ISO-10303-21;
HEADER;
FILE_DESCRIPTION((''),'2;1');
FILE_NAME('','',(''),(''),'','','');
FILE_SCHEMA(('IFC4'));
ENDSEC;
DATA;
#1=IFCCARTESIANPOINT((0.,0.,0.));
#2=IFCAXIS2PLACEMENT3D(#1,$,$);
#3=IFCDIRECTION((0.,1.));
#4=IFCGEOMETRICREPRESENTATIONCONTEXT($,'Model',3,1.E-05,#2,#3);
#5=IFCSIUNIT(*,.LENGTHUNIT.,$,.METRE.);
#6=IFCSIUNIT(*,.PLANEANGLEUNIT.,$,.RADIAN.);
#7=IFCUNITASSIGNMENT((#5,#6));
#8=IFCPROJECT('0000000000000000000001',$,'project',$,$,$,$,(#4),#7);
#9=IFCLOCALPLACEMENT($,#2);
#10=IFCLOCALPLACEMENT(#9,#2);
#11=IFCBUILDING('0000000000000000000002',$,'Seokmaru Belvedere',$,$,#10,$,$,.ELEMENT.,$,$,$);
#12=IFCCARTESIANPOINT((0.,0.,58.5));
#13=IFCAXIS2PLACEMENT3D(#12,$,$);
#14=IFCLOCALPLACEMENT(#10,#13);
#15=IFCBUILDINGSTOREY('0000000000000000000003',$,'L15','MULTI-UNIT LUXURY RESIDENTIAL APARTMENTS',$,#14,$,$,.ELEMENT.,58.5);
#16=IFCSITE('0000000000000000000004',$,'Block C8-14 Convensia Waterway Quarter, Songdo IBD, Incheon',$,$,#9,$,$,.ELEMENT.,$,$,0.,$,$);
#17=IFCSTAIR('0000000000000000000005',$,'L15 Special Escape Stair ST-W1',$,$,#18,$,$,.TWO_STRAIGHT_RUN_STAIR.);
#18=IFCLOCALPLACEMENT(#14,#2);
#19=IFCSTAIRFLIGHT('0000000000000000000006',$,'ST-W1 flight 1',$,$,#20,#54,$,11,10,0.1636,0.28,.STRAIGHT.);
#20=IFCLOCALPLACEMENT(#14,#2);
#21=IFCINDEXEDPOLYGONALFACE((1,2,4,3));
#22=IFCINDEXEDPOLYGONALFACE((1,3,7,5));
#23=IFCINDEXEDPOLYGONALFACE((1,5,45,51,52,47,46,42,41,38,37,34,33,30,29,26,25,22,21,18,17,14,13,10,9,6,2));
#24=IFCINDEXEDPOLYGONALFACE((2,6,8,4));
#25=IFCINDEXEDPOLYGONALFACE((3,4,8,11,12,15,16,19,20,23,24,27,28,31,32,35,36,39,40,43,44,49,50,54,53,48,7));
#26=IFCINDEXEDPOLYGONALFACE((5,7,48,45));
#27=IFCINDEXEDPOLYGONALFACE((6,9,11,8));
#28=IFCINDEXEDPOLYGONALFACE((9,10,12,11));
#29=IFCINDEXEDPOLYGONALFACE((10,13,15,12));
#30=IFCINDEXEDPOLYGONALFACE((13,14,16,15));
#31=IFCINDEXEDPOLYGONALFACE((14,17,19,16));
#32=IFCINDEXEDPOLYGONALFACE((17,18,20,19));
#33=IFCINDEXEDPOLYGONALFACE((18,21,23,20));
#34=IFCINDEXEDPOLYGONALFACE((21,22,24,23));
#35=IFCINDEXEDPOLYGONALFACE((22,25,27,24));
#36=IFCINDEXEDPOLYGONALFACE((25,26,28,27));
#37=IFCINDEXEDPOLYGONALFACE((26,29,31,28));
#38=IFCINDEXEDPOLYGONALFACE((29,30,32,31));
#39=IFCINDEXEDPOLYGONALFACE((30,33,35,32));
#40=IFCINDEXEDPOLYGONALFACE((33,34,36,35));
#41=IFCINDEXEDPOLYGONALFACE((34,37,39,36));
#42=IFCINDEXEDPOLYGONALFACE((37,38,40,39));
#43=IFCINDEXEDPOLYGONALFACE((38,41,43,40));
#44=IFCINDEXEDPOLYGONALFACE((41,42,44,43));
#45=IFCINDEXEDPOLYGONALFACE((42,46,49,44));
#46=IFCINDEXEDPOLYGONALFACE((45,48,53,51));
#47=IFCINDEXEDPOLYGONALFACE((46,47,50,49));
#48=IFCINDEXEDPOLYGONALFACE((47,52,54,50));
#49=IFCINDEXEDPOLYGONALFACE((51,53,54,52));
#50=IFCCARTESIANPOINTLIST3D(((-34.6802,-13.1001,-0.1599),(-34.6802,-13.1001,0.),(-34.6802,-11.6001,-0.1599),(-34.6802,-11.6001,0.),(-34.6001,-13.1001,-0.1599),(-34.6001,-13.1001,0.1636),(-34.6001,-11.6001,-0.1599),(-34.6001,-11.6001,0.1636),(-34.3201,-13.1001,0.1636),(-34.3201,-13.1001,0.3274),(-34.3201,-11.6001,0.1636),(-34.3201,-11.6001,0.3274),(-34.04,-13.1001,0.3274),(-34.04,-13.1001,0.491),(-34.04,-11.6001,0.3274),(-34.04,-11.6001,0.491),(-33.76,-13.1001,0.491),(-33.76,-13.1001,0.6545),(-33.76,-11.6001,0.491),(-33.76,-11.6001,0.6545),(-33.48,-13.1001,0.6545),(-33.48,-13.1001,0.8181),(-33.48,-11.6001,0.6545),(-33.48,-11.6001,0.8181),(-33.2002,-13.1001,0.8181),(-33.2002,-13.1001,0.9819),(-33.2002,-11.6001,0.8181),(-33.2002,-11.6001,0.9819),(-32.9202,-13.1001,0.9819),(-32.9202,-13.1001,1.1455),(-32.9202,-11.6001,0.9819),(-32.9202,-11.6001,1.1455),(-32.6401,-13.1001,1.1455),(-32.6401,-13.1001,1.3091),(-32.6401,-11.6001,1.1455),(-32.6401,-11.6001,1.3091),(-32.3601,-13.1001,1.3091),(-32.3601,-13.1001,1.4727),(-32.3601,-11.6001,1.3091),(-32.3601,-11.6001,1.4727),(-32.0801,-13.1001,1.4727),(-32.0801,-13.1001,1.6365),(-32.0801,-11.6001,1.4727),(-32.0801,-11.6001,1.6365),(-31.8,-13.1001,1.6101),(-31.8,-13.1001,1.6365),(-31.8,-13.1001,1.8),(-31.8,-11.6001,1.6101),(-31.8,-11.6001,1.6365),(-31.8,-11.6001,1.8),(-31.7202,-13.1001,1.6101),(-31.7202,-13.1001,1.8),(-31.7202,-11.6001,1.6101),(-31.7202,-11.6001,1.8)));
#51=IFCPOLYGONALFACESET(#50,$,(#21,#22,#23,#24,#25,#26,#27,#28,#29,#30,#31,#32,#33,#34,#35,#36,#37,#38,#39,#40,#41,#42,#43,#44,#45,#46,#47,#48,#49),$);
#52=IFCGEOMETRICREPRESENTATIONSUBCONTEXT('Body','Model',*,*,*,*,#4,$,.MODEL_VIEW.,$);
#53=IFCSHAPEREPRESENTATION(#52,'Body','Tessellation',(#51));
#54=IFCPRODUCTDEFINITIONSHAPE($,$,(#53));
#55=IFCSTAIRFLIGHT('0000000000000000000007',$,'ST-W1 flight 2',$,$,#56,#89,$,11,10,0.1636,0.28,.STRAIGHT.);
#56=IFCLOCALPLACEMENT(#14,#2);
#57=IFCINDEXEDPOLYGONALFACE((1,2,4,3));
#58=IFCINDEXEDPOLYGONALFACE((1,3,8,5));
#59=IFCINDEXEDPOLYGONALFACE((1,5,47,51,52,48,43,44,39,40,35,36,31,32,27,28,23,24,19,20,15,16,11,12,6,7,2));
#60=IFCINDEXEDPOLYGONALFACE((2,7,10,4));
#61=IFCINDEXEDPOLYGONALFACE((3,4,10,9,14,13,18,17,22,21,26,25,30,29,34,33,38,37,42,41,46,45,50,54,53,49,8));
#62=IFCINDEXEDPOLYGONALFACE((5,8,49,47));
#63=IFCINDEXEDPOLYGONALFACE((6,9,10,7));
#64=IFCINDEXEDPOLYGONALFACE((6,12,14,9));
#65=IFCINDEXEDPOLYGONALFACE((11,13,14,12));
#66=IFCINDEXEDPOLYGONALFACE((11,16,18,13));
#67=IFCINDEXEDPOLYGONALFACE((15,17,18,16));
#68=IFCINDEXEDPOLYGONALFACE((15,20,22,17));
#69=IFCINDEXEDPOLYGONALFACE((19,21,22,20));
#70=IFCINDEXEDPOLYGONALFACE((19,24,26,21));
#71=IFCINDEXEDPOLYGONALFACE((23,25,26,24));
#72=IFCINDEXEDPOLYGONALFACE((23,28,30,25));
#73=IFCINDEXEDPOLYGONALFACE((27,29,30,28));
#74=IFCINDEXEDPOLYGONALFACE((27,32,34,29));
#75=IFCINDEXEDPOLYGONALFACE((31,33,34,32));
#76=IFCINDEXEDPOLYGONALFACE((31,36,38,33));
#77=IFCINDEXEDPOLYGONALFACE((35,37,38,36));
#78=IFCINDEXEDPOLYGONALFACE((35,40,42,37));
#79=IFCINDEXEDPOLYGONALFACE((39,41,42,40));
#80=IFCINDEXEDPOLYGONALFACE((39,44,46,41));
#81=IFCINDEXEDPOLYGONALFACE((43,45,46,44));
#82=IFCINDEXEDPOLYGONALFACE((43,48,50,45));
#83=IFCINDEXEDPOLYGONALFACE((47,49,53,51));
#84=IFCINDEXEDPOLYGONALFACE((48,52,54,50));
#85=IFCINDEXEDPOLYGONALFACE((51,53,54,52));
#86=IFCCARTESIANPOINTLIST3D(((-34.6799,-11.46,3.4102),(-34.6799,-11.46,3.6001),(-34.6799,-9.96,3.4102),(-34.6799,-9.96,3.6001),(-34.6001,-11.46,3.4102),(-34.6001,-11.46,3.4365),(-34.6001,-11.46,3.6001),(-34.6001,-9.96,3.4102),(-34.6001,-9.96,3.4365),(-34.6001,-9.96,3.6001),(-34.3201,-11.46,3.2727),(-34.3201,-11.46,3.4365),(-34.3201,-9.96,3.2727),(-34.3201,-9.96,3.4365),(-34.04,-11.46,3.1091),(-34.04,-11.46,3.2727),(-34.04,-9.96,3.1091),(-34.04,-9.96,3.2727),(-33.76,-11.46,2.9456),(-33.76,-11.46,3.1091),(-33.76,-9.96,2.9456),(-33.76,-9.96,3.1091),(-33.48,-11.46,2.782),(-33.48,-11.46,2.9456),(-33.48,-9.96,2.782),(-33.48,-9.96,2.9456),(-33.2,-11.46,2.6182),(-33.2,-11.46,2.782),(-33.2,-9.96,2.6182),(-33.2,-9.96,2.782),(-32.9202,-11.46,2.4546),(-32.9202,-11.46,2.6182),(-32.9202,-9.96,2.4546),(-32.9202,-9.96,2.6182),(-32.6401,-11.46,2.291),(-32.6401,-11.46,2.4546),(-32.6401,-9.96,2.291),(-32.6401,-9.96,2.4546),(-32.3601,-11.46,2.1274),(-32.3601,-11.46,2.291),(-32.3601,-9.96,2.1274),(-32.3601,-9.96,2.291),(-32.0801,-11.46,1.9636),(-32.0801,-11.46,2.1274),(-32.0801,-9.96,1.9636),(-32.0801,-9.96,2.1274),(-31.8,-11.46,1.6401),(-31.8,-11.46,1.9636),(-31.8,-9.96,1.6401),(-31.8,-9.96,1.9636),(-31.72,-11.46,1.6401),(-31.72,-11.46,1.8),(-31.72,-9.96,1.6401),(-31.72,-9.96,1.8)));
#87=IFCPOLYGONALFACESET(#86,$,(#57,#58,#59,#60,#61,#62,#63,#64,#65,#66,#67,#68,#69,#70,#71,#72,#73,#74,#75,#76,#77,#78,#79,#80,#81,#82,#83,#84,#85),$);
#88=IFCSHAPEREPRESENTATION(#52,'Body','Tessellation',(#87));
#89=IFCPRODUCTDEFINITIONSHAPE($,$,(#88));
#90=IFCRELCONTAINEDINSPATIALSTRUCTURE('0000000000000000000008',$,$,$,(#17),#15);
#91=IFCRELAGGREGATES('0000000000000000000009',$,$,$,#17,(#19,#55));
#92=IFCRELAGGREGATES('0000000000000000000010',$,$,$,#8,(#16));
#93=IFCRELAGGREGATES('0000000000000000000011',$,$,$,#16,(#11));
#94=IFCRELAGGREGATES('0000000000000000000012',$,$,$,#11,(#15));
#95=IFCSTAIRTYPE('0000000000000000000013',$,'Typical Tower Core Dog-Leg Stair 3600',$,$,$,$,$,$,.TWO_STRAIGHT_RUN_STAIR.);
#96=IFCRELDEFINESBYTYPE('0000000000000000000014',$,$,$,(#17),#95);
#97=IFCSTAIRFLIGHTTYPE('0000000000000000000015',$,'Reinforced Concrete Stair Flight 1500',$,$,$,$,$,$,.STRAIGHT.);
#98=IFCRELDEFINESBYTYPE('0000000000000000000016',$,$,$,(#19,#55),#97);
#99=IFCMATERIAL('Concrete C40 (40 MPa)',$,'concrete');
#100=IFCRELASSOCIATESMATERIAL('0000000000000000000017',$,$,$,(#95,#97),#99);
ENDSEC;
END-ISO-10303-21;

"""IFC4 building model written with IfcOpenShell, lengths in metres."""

from ifc_helpers import new_model, si_unit, direction, frame, origin, place, context, subcontext, project, spatial, polyline, outline, extrude, material, type_object, element, aggregate, save


model = new_model("IFC4")

# Units and contexts
model_context = context("Model", 3, precision=1e-05, world=origin(), true_north=direction((0.0, 1.0)))
body_context = subcontext(model_context, "Body", "Model", "MODEL_VIEW")
ifc_project = project(units=[si_unit("LENGTHUNIT", "METRE"), si_unit("PLANEANGLEUNIT", "RADIAN")], contexts=[model_context])

# Site, building, storey
site_placement = place(None, origin())
site = spatial("IfcSite", under=ifc_project, at=site_placement, Name="Block C8-14 Convensia Waterway Quarter, Songdo IBD, Incheon", CompositionType="ELEMENT", RefElevation=0.0)
building_placement = place(site_placement, origin())
building = spatial("IfcBuilding", under=site, at=building_placement, Name="Seokmaru Belvedere", CompositionType="ELEMENT")
storey_placement = place(building_placement, frame((0.0, 0.0, 58.5)))
storey = spatial("IfcBuildingStorey", under=building, at=storey_placement, Name="L15", Description="MULTI-UNIT LUXURY RESIDENTIAL APARTMENTS", CompositionType="ELEMENT", Elevation=58.5)

# Stair, stair flights
ifc_material_1 = material(Name="Concrete C40 (40 MPa)", Category="concrete")
stair_type = type_object("IfcStairType", Name="Typical Tower Core Dog-Leg Stair 3600", PredefinedType="TWO_STRAIGHT_RUN_STAIR", material=ifc_material_1)
stair_placement = place(storey_placement, origin())
stair = element("IfcStair", 1, at=stair_placement, inside=storey, type_object=stair_type, Name="L15 Special Escape Stair ST-W1", PredefinedType="TWO_STRAIGHT_RUN_STAIR")
stair_flight_type = type_object("IfcStairFlightType", Name="Reinforced Concrete Stair Flight 1500", PredefinedType="STRAIGHT", material=ifc_material_1)
stair_flight_1_placement = place(storey_placement, frame((-34.6001, -12.3501, 0.0), z_axis=(0.0, 0.0, 1.0), x_axis=(1.0, 0.0, 0.0)))
stair_flight_1 = element("IfcStairFlight", 2, at=stair_flight_1_placement, type_object=stair_flight_type, Name="ST-W1 flight 1", NumberOfRisers=11, NumberOfTreads=10, PredefinedType="STRAIGHT", RiserHeight=0.1636, TreadLength=0.28, context=body_context, shape_type="SweptSolid", body=[
    extrude(outline(polyline([(-0.0801, 0.0), (0.0, 0.1636), (0.28, 0.1636), (0.28, 0.3274), (0.5601, 0.3274), (0.5601, 0.491), (0.8401, 0.491), (0.8401, 0.6545), (1.1201, 0.6545), (1.1201, 0.8181), (1.3999, 0.8181), (1.3999, 0.9819), (1.6799, 0.9819), (1.6799, 1.1455), (1.96, 1.1455), (1.96, 1.3091), (2.24, 1.3091), (2.24, 1.4727), (2.52, 1.4727), (2.52, 1.6365), (2.8, 1.6365), (2.8, 1.8), (2.8799, 1.8), (2.8799, 1.6101), (2.8, 1.6101), (0.0, -0.1599), (-0.0801, -0.1599), (-0.0801, 0.0)])), frame((0.0, 0.75, 0.0), z_axis=(0.0, -1.0, 0.0), x_axis=(1.0, 0.0, 0.0)), (0.0, 0.0, 1.0), 1.5),
])
stair_flight_2_placement = place(storey_placement, frame((-31.8, -10.71, 1.8), z_axis=(0.0, 0.0, 1.0), x_axis=(-1.0, 0.0, 0.0)))
stair_flight_2 = element("IfcStairFlight", 3, at=stair_flight_2_placement, type_object=stair_flight_type, Name="ST-W1 flight 2", NumberOfRisers=11, NumberOfTreads=10, PredefinedType="STRAIGHT", RiserHeight=0.1636, TreadLength=0.28, context=body_context, shape_type="SweptSolid", body=[
    extrude(outline(polyline([(-0.0801, 0.0), (0.0, 0.1636), (0.28, 0.1636), (0.28, 0.3274), (0.5601, 0.3274), (0.5601, 0.491), (0.8401, 0.491), (0.8401, 0.6545), (1.1201, 0.6545), (1.1201, 0.8181), (1.3999, 0.8181), (1.3999, 0.9819), (1.6799, 0.9819), (1.6799, 1.1455), (1.96, 1.1455), (1.96, 1.3091), (2.24, 1.3091), (2.24, 1.4727), (2.52, 1.4727), (2.52, 1.6365), (2.8, 1.6365), (2.8, 1.8), (2.8799, 1.8), (2.8799, 1.6101), (2.8, 1.6101), (0.0, -0.1599), (-0.0801, -0.1599), (-0.0801, 0.0)])), frame((0.0, 0.75, 0.0), z_axis=(0.0, -1.0, 0.0), x_axis=(1.0, 0.0, 0.0)), (0.0, 0.0, 1.0), 1.5),
])
aggregate(stair, [stair_flight_1, stair_flight_2])

save(model, "model.ifc")
